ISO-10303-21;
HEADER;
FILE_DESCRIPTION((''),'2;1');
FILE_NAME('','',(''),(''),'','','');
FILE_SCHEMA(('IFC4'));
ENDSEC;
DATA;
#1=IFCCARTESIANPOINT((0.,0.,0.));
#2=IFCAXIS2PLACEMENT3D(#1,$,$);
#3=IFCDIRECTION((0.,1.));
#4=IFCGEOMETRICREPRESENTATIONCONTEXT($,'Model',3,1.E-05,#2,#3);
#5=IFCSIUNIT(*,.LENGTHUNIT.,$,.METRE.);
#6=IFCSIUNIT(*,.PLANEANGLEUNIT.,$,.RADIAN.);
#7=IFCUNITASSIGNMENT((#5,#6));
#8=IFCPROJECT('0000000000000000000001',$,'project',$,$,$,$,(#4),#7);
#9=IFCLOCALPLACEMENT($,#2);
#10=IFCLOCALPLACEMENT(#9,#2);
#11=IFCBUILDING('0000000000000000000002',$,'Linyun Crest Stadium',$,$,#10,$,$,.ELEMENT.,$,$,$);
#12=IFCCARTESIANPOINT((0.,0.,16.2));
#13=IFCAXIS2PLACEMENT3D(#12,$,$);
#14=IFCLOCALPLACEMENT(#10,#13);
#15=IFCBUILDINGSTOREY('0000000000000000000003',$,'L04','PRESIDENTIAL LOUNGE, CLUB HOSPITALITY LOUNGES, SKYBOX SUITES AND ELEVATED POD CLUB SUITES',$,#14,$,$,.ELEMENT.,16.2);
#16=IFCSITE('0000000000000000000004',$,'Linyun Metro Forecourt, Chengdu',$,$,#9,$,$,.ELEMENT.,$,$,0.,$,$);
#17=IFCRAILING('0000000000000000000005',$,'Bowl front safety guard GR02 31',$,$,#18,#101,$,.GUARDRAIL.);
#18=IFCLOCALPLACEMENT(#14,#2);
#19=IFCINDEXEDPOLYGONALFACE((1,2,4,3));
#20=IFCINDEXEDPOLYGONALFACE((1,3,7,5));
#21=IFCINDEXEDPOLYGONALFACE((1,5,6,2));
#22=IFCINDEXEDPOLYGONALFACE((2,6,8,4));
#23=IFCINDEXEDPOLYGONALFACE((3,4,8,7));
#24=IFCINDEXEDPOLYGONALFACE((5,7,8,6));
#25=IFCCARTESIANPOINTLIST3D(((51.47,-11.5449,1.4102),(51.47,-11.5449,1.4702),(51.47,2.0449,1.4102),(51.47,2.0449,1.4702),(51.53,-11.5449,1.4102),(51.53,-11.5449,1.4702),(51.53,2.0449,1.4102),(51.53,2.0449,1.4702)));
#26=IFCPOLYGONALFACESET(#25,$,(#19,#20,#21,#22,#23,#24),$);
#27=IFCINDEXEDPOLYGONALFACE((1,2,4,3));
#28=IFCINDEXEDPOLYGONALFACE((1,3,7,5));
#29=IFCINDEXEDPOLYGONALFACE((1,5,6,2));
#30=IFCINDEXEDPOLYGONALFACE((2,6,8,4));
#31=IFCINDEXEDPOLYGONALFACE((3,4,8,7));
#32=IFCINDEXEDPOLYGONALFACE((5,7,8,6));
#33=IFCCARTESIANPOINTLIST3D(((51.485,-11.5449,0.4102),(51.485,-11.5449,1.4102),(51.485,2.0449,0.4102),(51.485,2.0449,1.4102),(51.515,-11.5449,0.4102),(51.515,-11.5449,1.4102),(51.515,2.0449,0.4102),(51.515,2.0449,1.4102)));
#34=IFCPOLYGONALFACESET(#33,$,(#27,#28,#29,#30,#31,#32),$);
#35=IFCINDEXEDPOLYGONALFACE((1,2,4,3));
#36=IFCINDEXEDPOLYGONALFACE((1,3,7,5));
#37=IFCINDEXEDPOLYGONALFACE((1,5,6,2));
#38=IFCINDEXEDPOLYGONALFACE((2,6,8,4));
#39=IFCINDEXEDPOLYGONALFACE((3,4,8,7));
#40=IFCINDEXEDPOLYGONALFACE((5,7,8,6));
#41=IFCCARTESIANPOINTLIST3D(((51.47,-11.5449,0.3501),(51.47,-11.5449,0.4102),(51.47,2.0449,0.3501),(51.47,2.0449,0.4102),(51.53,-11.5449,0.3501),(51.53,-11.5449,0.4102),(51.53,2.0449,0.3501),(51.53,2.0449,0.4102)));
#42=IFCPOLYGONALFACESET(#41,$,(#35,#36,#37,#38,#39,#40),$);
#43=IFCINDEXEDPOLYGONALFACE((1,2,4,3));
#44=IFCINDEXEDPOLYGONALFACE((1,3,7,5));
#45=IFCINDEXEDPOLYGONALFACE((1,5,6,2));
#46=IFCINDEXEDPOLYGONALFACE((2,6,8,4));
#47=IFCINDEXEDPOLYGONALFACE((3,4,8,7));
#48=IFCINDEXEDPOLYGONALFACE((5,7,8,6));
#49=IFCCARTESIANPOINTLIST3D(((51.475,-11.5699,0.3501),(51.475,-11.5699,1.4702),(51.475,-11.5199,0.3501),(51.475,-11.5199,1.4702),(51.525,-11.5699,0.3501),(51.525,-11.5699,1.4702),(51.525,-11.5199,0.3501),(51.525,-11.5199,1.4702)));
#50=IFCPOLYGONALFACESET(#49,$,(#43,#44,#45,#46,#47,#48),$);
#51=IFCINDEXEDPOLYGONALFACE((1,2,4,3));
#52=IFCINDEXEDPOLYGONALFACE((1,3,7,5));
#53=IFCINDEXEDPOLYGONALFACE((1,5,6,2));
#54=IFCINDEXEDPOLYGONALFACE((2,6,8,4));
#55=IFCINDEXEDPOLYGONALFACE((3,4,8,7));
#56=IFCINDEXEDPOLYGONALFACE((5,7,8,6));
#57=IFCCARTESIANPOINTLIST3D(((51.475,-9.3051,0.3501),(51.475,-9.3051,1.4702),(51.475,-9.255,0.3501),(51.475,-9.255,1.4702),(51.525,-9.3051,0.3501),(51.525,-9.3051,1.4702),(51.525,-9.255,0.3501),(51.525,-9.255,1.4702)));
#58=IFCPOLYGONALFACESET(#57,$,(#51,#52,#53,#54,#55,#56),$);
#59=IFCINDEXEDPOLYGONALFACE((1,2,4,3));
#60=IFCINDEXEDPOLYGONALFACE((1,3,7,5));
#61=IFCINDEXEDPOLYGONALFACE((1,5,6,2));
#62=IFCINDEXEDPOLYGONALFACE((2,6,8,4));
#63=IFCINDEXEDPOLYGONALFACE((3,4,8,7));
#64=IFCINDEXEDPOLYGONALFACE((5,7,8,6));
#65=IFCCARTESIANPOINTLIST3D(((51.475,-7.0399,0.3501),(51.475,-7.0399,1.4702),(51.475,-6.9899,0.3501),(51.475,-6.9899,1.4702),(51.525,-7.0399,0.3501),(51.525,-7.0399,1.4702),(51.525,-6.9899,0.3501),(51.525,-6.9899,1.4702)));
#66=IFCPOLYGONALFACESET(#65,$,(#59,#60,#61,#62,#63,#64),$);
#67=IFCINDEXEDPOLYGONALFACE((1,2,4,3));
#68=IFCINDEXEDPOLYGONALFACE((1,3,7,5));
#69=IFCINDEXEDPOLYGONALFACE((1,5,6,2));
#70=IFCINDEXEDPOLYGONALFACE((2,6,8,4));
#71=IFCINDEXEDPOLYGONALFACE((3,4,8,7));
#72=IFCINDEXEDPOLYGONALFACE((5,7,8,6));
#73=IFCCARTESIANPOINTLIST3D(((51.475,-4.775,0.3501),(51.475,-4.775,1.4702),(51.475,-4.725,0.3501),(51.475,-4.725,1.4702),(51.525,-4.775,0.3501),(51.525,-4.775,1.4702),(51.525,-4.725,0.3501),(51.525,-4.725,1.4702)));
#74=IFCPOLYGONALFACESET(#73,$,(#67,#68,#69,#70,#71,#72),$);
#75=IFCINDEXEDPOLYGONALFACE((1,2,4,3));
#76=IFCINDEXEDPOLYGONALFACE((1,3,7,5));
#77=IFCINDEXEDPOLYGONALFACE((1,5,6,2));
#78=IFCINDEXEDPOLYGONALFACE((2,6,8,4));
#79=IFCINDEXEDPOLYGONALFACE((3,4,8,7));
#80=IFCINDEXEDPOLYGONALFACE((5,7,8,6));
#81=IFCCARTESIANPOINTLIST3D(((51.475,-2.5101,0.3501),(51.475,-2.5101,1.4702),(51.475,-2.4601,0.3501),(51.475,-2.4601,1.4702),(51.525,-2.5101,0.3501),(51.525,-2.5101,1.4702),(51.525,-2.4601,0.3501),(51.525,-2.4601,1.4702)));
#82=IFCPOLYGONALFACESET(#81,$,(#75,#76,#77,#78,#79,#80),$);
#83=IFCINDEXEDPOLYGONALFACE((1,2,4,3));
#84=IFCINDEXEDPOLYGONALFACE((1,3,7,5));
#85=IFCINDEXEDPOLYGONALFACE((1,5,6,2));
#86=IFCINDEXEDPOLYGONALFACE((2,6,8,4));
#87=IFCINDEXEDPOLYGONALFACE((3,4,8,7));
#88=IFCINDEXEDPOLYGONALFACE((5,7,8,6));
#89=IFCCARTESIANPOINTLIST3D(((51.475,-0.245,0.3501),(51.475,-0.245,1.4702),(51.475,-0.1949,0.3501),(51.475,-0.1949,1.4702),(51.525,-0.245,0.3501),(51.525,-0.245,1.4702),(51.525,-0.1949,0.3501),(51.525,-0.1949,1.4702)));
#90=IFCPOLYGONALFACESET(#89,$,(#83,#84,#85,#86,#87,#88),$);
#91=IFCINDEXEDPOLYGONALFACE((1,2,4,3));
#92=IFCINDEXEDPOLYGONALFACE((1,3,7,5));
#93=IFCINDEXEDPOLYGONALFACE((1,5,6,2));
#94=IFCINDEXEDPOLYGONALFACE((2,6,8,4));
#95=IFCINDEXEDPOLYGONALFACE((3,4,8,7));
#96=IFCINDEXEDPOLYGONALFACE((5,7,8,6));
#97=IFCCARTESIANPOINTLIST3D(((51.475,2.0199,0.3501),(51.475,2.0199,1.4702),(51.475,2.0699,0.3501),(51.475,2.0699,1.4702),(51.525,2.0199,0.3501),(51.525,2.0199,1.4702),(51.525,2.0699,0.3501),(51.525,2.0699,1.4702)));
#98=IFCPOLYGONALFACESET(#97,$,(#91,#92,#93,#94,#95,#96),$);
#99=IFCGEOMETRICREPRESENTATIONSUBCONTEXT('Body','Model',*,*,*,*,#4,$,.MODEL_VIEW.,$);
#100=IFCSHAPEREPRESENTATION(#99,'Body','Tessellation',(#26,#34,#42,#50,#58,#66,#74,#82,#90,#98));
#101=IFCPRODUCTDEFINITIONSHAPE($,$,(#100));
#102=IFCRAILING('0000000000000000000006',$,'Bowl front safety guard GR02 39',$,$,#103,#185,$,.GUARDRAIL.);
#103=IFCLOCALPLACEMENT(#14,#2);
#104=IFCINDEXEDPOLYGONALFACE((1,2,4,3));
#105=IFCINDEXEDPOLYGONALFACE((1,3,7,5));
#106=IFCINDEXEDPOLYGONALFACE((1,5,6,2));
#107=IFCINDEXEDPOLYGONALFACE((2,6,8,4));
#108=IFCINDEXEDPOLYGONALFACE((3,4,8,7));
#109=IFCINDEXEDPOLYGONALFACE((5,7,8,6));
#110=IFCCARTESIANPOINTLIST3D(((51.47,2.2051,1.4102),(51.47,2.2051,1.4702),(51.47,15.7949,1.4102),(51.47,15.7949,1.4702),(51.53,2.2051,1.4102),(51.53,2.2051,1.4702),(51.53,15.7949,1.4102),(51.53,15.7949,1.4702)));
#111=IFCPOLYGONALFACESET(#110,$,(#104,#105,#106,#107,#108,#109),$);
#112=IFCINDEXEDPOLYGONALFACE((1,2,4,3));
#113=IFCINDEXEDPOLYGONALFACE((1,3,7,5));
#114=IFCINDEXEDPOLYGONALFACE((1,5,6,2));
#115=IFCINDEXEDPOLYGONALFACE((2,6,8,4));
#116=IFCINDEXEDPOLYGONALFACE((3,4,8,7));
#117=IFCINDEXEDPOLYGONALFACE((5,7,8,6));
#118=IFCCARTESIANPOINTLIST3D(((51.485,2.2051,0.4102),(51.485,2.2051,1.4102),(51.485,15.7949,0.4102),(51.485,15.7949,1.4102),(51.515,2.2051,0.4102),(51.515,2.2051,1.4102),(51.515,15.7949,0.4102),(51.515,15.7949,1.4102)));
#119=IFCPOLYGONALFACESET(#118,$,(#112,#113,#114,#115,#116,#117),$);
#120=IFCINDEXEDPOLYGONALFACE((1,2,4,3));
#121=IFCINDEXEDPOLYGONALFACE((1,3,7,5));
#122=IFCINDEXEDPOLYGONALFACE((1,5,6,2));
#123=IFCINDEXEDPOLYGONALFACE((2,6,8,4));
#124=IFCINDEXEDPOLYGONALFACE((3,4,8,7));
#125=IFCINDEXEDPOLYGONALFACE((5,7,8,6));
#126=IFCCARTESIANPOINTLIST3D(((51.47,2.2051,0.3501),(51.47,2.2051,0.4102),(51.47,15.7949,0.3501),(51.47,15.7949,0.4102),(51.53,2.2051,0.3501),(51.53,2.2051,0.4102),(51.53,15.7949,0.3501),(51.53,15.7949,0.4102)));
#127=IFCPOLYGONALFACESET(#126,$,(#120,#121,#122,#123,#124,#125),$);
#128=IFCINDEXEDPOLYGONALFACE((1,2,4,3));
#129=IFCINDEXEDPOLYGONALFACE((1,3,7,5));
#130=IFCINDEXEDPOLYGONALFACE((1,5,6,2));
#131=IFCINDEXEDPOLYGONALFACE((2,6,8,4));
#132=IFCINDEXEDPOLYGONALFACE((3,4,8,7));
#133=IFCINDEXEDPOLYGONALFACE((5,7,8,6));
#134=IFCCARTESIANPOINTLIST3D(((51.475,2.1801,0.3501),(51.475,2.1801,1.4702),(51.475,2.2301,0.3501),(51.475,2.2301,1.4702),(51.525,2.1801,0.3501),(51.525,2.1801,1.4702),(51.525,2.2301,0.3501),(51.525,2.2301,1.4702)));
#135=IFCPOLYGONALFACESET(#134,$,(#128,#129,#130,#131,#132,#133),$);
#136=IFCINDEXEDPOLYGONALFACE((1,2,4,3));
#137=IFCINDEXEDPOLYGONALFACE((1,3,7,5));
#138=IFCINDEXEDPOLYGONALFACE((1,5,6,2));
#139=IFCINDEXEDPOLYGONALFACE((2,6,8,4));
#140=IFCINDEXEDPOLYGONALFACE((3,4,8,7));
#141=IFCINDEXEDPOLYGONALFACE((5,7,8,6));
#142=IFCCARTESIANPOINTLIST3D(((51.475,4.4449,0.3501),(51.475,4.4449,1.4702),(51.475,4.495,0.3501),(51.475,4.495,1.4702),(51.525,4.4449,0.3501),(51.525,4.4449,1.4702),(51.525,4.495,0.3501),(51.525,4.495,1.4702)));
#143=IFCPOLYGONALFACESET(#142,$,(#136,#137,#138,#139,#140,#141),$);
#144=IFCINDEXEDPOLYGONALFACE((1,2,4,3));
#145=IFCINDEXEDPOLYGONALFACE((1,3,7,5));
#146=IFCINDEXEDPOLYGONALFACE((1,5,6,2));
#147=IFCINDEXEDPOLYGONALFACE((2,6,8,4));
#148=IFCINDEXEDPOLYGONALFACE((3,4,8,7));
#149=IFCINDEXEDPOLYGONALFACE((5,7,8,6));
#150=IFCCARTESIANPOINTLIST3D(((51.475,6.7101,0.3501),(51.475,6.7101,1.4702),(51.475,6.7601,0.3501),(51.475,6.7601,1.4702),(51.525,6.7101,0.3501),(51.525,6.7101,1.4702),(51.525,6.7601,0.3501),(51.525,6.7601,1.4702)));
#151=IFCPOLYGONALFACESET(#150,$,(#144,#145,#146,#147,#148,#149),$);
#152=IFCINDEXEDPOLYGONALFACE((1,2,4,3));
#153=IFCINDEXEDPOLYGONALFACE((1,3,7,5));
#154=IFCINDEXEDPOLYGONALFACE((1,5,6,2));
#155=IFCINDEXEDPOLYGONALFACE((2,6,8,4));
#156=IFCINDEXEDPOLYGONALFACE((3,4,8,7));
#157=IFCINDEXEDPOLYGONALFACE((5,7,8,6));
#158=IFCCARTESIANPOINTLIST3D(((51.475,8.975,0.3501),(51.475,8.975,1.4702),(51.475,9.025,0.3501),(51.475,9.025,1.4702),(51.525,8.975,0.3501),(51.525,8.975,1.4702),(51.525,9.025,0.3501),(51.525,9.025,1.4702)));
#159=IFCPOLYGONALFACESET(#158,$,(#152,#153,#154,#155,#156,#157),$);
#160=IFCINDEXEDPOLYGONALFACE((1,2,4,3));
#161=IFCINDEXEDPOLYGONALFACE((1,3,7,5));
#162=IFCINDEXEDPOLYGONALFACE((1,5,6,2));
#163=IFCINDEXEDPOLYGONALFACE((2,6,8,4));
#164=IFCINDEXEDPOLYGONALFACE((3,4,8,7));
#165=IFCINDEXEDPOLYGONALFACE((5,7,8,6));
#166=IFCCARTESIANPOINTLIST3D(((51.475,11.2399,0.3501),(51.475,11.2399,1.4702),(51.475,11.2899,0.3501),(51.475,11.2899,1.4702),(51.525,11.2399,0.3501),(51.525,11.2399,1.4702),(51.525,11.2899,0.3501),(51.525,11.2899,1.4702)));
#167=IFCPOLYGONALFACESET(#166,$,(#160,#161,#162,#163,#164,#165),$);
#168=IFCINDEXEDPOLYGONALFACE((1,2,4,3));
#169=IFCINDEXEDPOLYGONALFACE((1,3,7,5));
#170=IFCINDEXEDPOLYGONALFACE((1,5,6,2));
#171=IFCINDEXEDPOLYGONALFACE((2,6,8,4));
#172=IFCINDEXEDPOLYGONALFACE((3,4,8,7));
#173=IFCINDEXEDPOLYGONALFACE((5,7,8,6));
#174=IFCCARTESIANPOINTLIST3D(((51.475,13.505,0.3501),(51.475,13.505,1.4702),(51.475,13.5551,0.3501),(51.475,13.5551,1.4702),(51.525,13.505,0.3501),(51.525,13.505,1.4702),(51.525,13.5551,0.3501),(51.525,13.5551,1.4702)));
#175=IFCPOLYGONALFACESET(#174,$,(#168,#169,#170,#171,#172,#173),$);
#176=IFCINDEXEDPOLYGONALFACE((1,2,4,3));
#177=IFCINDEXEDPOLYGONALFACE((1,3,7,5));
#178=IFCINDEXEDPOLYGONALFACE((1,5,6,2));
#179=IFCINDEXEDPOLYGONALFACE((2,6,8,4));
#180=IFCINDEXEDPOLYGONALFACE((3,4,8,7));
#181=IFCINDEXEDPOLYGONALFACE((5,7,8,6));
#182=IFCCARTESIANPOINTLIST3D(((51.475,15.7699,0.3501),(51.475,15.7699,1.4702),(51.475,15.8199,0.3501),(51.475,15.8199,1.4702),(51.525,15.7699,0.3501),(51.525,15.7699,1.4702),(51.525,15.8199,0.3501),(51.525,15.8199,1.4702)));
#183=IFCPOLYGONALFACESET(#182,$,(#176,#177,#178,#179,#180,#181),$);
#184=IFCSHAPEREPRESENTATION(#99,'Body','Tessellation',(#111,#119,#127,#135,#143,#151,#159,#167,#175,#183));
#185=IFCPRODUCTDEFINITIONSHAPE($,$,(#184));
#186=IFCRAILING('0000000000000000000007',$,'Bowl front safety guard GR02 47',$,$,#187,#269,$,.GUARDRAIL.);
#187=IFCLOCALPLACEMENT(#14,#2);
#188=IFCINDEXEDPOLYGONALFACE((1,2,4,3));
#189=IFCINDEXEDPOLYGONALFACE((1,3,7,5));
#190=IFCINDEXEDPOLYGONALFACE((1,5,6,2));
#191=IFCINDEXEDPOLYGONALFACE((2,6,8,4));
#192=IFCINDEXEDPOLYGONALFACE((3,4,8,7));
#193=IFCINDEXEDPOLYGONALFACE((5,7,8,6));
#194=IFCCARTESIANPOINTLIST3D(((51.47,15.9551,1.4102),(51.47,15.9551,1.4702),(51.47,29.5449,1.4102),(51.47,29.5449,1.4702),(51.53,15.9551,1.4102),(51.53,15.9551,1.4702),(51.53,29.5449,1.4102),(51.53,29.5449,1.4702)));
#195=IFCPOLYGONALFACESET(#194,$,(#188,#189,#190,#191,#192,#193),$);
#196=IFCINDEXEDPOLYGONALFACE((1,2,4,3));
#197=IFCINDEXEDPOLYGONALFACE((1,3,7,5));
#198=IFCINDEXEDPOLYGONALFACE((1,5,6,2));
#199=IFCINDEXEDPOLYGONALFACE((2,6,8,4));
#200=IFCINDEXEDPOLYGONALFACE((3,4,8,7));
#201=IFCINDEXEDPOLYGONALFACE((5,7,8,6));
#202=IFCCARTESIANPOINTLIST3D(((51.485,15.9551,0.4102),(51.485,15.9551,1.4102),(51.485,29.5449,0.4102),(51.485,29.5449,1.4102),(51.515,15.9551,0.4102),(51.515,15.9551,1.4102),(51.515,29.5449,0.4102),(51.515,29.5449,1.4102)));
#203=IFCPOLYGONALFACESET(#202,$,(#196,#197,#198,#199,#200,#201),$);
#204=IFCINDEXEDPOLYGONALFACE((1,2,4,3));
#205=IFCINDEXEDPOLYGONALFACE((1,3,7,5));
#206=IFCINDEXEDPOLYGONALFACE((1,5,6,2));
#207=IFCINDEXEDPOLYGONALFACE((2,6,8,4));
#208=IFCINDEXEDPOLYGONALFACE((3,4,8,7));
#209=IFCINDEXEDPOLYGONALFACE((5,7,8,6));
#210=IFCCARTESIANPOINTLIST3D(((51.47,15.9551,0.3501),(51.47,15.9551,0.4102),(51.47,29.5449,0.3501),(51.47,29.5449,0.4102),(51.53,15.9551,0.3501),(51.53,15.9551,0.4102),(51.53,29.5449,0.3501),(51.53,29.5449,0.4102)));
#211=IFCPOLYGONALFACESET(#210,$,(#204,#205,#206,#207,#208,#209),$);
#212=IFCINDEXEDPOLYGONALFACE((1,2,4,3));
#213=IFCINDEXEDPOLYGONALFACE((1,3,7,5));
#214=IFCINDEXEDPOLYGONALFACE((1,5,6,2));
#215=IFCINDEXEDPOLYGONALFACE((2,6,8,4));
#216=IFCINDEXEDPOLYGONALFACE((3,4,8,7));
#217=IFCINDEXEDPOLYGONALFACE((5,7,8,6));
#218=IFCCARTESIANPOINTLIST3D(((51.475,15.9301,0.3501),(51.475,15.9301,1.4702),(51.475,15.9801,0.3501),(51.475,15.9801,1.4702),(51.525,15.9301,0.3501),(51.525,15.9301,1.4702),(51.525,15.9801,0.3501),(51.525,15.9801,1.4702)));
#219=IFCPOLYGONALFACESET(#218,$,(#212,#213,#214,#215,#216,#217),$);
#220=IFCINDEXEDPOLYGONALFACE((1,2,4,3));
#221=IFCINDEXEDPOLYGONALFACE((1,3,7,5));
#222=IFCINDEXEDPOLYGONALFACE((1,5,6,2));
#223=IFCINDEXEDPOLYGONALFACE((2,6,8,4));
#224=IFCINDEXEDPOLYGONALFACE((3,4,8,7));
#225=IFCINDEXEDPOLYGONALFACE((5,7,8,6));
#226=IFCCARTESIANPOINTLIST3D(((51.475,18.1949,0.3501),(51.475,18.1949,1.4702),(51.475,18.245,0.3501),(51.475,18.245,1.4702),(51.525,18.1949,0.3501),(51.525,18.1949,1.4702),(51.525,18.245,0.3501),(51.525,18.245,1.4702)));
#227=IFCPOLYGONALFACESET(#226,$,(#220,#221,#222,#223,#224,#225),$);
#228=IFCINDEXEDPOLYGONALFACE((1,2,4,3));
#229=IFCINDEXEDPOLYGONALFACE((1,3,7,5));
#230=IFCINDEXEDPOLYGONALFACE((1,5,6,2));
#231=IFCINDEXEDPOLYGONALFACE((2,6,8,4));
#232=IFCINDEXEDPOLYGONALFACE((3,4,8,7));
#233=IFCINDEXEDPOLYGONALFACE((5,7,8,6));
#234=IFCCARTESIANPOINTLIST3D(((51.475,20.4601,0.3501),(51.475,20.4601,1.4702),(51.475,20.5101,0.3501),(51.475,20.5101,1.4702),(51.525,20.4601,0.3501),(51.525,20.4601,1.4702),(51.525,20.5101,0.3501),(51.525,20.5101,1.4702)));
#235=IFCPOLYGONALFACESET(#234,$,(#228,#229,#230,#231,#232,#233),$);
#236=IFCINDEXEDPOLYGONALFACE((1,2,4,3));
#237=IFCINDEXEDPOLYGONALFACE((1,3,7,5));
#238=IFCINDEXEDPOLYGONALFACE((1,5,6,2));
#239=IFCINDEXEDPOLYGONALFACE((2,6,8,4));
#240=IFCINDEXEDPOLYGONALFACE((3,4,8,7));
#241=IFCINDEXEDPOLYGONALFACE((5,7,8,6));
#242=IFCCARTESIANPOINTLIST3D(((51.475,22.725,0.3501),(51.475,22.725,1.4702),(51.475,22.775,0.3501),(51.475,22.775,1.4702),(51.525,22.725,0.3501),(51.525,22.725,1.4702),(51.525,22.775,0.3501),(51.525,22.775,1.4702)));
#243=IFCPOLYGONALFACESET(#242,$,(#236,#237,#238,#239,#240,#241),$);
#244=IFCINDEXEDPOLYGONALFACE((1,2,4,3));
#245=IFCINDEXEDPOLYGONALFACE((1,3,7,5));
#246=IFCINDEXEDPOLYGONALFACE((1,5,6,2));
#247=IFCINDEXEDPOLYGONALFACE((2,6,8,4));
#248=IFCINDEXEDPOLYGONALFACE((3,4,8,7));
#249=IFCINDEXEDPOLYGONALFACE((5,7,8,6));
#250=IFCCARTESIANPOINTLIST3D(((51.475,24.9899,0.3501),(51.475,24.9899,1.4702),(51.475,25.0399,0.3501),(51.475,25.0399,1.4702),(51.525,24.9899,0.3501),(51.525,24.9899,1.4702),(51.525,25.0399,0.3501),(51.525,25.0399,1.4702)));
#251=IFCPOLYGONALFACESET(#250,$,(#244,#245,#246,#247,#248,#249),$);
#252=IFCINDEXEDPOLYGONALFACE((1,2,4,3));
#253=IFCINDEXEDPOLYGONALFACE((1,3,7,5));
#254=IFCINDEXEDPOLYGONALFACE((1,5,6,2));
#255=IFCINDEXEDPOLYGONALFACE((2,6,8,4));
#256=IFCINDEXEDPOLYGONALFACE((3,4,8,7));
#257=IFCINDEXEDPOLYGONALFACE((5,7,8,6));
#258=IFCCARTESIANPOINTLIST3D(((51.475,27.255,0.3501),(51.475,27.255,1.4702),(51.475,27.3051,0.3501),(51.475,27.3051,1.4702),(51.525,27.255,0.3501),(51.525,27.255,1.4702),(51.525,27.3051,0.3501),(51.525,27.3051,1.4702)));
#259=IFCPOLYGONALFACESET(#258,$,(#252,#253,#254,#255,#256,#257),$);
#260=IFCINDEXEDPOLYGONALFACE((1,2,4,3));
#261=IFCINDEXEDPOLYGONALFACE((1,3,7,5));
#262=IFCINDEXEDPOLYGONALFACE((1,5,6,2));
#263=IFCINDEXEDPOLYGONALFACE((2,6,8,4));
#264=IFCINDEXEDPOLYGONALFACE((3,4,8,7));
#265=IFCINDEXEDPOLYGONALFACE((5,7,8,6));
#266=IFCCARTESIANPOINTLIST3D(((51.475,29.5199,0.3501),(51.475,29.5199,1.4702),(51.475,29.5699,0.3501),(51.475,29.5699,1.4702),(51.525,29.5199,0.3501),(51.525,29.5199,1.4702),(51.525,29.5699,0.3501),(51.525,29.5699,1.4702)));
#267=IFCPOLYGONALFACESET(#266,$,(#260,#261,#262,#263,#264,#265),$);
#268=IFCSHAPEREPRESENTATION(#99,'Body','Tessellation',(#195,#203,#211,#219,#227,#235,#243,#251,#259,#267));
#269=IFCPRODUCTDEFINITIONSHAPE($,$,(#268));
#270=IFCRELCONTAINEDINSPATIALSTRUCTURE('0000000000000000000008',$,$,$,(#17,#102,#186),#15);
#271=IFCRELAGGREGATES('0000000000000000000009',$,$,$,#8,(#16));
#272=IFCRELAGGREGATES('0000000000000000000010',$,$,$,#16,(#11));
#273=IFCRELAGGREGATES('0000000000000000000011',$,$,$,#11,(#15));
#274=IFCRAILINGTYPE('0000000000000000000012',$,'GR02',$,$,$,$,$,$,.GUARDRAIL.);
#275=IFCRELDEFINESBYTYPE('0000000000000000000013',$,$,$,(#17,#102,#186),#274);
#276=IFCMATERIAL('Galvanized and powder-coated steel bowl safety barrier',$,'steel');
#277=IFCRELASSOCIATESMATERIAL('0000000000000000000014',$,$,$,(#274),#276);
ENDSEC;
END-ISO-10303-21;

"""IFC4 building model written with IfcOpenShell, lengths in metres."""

from ifc_helpers import new_model, si_unit, direction, frame, origin, origin_2d, place, context, subcontext, project, spatial, rectangle, extrude, material, type_object, element, save


model = new_model("IFC4")

# Units and contexts
model_context = context("Model", 3, precision=1e-05, world=origin(), true_north=direction((0.0, 1.0)))
body_context = subcontext(model_context, "Body", "Model", "MODEL_VIEW")
ifc_project = project(units=[si_unit("LENGTHUNIT", "METRE"), si_unit("PLANEANGLEUNIT", "RADIAN")], contexts=[model_context])

# Site, building, storey
site_placement = place(None, origin())
site = spatial("IfcSite", under=ifc_project, at=site_placement, Name="Linyun Metro Forecourt, Chengdu", CompositionType="ELEMENT", RefElevation=0.0)
building_placement = place(site_placement, origin())
building = spatial("IfcBuilding", under=site, at=building_placement, Name="Linyun Crest Stadium", CompositionType="ELEMENT")
storey_placement = place(building_placement, frame((0.0, 0.0, 16.2)))
storey = spatial("IfcBuildingStorey", under=building, at=storey_placement, Name="L04", Description="PRESIDENTIAL LOUNGE, CLUB HOSPITALITY LOUNGES, SKYBOX SUITES AND ELEVATED POD CLUB SUITES", CompositionType="ELEMENT", Elevation=16.2)

# Railings
ifc_material_1 = material(Name="Galvanized and powder-coated steel bowl safety barrier", Category="steel")
railing_type = type_object("IfcRailingType", Name="GR02", PredefinedType="GUARDRAIL", material=ifc_material_1)
for number, where, name in (
    (1, (51.5, -11.5449, 0.3501), "Bowl front safety guard GR02 31"),
    (2, (51.5, 2.2051, 0.3501), "Bowl front safety guard GR02 39"),
    (3, (51.5, 15.9551, 0.3501), "Bowl front safety guard GR02 47"),
):
    element("IfcRailing", number, at=place(storey_placement, frame(where)), inside=storey, type_object=railing_type, Name=name, PredefinedType="GUARDRAIL", context=body_context, shape_type="SweptSolid", body=[
        extrude(rectangle(XDim=0.0601, YDim=0.0601, at=origin_2d()), frame((0.0, 0.0, 1.0901), z_axis=(0.0, 1.0, 0.0), x_axis=(-1.0, 0.0, 0.0)), (0.0, 0.0, 1.0), 13.5898),
        extrude(rectangle(XDim=0.03, YDim=1.0, at=origin_2d()), frame((0.0, 0.0, 0.5601), z_axis=(0.0, 1.0, 0.0), x_axis=(-1.0, 0.0, 0.0)), (0.0, 0.0, 1.0), 13.5898),
        extrude(rectangle(XDim=0.0601, YDim=0.0601, at=origin_2d()), frame((0.0, 0.0, 0.03), z_axis=(0.0, 1.0, 0.0), x_axis=(-1.0, 0.0, 0.0)), (0.0, 0.0, 1.0), 13.5898),
        extrude(rectangle(XDim=0.05, YDim=0.05, at=origin_2d()), origin(), (0.0, 0.0, 1.0), 1.1201),
        extrude(rectangle(XDim=0.05, YDim=0.05, at=origin_2d()), frame((0.0, 2.2649, 0.0)), (0.0, 0.0, 1.0), 1.1201),
        extrude(rectangle(XDim=0.05, YDim=0.05, at=origin_2d()), frame((0.0, 4.53, 0.0)), (0.0, 0.0, 1.0), 1.1201),
        extrude(rectangle(XDim=0.05, YDim=0.05, at=origin_2d()), frame((0.0, 6.7949, 0.0)), (0.0, 0.0, 1.0), 1.1201),
        extrude(rectangle(XDim=0.05, YDim=0.05, at=origin_2d()), frame((0.0, 9.0598, 0.0)), (0.0, 0.0, 1.0), 1.1201),
        extrude(rectangle(XDim=0.05, YDim=0.05, at=origin_2d()), frame((0.0, 11.325, 0.0)), (0.0, 0.0, 1.0), 1.1201),
        extrude(rectangle(XDim=0.05, YDim=0.05, at=origin_2d()), frame((0.0, 13.5898, 0.0)), (0.0, 0.0, 1.0), 1.1201),
    ])

save(model, "model.ifc")
